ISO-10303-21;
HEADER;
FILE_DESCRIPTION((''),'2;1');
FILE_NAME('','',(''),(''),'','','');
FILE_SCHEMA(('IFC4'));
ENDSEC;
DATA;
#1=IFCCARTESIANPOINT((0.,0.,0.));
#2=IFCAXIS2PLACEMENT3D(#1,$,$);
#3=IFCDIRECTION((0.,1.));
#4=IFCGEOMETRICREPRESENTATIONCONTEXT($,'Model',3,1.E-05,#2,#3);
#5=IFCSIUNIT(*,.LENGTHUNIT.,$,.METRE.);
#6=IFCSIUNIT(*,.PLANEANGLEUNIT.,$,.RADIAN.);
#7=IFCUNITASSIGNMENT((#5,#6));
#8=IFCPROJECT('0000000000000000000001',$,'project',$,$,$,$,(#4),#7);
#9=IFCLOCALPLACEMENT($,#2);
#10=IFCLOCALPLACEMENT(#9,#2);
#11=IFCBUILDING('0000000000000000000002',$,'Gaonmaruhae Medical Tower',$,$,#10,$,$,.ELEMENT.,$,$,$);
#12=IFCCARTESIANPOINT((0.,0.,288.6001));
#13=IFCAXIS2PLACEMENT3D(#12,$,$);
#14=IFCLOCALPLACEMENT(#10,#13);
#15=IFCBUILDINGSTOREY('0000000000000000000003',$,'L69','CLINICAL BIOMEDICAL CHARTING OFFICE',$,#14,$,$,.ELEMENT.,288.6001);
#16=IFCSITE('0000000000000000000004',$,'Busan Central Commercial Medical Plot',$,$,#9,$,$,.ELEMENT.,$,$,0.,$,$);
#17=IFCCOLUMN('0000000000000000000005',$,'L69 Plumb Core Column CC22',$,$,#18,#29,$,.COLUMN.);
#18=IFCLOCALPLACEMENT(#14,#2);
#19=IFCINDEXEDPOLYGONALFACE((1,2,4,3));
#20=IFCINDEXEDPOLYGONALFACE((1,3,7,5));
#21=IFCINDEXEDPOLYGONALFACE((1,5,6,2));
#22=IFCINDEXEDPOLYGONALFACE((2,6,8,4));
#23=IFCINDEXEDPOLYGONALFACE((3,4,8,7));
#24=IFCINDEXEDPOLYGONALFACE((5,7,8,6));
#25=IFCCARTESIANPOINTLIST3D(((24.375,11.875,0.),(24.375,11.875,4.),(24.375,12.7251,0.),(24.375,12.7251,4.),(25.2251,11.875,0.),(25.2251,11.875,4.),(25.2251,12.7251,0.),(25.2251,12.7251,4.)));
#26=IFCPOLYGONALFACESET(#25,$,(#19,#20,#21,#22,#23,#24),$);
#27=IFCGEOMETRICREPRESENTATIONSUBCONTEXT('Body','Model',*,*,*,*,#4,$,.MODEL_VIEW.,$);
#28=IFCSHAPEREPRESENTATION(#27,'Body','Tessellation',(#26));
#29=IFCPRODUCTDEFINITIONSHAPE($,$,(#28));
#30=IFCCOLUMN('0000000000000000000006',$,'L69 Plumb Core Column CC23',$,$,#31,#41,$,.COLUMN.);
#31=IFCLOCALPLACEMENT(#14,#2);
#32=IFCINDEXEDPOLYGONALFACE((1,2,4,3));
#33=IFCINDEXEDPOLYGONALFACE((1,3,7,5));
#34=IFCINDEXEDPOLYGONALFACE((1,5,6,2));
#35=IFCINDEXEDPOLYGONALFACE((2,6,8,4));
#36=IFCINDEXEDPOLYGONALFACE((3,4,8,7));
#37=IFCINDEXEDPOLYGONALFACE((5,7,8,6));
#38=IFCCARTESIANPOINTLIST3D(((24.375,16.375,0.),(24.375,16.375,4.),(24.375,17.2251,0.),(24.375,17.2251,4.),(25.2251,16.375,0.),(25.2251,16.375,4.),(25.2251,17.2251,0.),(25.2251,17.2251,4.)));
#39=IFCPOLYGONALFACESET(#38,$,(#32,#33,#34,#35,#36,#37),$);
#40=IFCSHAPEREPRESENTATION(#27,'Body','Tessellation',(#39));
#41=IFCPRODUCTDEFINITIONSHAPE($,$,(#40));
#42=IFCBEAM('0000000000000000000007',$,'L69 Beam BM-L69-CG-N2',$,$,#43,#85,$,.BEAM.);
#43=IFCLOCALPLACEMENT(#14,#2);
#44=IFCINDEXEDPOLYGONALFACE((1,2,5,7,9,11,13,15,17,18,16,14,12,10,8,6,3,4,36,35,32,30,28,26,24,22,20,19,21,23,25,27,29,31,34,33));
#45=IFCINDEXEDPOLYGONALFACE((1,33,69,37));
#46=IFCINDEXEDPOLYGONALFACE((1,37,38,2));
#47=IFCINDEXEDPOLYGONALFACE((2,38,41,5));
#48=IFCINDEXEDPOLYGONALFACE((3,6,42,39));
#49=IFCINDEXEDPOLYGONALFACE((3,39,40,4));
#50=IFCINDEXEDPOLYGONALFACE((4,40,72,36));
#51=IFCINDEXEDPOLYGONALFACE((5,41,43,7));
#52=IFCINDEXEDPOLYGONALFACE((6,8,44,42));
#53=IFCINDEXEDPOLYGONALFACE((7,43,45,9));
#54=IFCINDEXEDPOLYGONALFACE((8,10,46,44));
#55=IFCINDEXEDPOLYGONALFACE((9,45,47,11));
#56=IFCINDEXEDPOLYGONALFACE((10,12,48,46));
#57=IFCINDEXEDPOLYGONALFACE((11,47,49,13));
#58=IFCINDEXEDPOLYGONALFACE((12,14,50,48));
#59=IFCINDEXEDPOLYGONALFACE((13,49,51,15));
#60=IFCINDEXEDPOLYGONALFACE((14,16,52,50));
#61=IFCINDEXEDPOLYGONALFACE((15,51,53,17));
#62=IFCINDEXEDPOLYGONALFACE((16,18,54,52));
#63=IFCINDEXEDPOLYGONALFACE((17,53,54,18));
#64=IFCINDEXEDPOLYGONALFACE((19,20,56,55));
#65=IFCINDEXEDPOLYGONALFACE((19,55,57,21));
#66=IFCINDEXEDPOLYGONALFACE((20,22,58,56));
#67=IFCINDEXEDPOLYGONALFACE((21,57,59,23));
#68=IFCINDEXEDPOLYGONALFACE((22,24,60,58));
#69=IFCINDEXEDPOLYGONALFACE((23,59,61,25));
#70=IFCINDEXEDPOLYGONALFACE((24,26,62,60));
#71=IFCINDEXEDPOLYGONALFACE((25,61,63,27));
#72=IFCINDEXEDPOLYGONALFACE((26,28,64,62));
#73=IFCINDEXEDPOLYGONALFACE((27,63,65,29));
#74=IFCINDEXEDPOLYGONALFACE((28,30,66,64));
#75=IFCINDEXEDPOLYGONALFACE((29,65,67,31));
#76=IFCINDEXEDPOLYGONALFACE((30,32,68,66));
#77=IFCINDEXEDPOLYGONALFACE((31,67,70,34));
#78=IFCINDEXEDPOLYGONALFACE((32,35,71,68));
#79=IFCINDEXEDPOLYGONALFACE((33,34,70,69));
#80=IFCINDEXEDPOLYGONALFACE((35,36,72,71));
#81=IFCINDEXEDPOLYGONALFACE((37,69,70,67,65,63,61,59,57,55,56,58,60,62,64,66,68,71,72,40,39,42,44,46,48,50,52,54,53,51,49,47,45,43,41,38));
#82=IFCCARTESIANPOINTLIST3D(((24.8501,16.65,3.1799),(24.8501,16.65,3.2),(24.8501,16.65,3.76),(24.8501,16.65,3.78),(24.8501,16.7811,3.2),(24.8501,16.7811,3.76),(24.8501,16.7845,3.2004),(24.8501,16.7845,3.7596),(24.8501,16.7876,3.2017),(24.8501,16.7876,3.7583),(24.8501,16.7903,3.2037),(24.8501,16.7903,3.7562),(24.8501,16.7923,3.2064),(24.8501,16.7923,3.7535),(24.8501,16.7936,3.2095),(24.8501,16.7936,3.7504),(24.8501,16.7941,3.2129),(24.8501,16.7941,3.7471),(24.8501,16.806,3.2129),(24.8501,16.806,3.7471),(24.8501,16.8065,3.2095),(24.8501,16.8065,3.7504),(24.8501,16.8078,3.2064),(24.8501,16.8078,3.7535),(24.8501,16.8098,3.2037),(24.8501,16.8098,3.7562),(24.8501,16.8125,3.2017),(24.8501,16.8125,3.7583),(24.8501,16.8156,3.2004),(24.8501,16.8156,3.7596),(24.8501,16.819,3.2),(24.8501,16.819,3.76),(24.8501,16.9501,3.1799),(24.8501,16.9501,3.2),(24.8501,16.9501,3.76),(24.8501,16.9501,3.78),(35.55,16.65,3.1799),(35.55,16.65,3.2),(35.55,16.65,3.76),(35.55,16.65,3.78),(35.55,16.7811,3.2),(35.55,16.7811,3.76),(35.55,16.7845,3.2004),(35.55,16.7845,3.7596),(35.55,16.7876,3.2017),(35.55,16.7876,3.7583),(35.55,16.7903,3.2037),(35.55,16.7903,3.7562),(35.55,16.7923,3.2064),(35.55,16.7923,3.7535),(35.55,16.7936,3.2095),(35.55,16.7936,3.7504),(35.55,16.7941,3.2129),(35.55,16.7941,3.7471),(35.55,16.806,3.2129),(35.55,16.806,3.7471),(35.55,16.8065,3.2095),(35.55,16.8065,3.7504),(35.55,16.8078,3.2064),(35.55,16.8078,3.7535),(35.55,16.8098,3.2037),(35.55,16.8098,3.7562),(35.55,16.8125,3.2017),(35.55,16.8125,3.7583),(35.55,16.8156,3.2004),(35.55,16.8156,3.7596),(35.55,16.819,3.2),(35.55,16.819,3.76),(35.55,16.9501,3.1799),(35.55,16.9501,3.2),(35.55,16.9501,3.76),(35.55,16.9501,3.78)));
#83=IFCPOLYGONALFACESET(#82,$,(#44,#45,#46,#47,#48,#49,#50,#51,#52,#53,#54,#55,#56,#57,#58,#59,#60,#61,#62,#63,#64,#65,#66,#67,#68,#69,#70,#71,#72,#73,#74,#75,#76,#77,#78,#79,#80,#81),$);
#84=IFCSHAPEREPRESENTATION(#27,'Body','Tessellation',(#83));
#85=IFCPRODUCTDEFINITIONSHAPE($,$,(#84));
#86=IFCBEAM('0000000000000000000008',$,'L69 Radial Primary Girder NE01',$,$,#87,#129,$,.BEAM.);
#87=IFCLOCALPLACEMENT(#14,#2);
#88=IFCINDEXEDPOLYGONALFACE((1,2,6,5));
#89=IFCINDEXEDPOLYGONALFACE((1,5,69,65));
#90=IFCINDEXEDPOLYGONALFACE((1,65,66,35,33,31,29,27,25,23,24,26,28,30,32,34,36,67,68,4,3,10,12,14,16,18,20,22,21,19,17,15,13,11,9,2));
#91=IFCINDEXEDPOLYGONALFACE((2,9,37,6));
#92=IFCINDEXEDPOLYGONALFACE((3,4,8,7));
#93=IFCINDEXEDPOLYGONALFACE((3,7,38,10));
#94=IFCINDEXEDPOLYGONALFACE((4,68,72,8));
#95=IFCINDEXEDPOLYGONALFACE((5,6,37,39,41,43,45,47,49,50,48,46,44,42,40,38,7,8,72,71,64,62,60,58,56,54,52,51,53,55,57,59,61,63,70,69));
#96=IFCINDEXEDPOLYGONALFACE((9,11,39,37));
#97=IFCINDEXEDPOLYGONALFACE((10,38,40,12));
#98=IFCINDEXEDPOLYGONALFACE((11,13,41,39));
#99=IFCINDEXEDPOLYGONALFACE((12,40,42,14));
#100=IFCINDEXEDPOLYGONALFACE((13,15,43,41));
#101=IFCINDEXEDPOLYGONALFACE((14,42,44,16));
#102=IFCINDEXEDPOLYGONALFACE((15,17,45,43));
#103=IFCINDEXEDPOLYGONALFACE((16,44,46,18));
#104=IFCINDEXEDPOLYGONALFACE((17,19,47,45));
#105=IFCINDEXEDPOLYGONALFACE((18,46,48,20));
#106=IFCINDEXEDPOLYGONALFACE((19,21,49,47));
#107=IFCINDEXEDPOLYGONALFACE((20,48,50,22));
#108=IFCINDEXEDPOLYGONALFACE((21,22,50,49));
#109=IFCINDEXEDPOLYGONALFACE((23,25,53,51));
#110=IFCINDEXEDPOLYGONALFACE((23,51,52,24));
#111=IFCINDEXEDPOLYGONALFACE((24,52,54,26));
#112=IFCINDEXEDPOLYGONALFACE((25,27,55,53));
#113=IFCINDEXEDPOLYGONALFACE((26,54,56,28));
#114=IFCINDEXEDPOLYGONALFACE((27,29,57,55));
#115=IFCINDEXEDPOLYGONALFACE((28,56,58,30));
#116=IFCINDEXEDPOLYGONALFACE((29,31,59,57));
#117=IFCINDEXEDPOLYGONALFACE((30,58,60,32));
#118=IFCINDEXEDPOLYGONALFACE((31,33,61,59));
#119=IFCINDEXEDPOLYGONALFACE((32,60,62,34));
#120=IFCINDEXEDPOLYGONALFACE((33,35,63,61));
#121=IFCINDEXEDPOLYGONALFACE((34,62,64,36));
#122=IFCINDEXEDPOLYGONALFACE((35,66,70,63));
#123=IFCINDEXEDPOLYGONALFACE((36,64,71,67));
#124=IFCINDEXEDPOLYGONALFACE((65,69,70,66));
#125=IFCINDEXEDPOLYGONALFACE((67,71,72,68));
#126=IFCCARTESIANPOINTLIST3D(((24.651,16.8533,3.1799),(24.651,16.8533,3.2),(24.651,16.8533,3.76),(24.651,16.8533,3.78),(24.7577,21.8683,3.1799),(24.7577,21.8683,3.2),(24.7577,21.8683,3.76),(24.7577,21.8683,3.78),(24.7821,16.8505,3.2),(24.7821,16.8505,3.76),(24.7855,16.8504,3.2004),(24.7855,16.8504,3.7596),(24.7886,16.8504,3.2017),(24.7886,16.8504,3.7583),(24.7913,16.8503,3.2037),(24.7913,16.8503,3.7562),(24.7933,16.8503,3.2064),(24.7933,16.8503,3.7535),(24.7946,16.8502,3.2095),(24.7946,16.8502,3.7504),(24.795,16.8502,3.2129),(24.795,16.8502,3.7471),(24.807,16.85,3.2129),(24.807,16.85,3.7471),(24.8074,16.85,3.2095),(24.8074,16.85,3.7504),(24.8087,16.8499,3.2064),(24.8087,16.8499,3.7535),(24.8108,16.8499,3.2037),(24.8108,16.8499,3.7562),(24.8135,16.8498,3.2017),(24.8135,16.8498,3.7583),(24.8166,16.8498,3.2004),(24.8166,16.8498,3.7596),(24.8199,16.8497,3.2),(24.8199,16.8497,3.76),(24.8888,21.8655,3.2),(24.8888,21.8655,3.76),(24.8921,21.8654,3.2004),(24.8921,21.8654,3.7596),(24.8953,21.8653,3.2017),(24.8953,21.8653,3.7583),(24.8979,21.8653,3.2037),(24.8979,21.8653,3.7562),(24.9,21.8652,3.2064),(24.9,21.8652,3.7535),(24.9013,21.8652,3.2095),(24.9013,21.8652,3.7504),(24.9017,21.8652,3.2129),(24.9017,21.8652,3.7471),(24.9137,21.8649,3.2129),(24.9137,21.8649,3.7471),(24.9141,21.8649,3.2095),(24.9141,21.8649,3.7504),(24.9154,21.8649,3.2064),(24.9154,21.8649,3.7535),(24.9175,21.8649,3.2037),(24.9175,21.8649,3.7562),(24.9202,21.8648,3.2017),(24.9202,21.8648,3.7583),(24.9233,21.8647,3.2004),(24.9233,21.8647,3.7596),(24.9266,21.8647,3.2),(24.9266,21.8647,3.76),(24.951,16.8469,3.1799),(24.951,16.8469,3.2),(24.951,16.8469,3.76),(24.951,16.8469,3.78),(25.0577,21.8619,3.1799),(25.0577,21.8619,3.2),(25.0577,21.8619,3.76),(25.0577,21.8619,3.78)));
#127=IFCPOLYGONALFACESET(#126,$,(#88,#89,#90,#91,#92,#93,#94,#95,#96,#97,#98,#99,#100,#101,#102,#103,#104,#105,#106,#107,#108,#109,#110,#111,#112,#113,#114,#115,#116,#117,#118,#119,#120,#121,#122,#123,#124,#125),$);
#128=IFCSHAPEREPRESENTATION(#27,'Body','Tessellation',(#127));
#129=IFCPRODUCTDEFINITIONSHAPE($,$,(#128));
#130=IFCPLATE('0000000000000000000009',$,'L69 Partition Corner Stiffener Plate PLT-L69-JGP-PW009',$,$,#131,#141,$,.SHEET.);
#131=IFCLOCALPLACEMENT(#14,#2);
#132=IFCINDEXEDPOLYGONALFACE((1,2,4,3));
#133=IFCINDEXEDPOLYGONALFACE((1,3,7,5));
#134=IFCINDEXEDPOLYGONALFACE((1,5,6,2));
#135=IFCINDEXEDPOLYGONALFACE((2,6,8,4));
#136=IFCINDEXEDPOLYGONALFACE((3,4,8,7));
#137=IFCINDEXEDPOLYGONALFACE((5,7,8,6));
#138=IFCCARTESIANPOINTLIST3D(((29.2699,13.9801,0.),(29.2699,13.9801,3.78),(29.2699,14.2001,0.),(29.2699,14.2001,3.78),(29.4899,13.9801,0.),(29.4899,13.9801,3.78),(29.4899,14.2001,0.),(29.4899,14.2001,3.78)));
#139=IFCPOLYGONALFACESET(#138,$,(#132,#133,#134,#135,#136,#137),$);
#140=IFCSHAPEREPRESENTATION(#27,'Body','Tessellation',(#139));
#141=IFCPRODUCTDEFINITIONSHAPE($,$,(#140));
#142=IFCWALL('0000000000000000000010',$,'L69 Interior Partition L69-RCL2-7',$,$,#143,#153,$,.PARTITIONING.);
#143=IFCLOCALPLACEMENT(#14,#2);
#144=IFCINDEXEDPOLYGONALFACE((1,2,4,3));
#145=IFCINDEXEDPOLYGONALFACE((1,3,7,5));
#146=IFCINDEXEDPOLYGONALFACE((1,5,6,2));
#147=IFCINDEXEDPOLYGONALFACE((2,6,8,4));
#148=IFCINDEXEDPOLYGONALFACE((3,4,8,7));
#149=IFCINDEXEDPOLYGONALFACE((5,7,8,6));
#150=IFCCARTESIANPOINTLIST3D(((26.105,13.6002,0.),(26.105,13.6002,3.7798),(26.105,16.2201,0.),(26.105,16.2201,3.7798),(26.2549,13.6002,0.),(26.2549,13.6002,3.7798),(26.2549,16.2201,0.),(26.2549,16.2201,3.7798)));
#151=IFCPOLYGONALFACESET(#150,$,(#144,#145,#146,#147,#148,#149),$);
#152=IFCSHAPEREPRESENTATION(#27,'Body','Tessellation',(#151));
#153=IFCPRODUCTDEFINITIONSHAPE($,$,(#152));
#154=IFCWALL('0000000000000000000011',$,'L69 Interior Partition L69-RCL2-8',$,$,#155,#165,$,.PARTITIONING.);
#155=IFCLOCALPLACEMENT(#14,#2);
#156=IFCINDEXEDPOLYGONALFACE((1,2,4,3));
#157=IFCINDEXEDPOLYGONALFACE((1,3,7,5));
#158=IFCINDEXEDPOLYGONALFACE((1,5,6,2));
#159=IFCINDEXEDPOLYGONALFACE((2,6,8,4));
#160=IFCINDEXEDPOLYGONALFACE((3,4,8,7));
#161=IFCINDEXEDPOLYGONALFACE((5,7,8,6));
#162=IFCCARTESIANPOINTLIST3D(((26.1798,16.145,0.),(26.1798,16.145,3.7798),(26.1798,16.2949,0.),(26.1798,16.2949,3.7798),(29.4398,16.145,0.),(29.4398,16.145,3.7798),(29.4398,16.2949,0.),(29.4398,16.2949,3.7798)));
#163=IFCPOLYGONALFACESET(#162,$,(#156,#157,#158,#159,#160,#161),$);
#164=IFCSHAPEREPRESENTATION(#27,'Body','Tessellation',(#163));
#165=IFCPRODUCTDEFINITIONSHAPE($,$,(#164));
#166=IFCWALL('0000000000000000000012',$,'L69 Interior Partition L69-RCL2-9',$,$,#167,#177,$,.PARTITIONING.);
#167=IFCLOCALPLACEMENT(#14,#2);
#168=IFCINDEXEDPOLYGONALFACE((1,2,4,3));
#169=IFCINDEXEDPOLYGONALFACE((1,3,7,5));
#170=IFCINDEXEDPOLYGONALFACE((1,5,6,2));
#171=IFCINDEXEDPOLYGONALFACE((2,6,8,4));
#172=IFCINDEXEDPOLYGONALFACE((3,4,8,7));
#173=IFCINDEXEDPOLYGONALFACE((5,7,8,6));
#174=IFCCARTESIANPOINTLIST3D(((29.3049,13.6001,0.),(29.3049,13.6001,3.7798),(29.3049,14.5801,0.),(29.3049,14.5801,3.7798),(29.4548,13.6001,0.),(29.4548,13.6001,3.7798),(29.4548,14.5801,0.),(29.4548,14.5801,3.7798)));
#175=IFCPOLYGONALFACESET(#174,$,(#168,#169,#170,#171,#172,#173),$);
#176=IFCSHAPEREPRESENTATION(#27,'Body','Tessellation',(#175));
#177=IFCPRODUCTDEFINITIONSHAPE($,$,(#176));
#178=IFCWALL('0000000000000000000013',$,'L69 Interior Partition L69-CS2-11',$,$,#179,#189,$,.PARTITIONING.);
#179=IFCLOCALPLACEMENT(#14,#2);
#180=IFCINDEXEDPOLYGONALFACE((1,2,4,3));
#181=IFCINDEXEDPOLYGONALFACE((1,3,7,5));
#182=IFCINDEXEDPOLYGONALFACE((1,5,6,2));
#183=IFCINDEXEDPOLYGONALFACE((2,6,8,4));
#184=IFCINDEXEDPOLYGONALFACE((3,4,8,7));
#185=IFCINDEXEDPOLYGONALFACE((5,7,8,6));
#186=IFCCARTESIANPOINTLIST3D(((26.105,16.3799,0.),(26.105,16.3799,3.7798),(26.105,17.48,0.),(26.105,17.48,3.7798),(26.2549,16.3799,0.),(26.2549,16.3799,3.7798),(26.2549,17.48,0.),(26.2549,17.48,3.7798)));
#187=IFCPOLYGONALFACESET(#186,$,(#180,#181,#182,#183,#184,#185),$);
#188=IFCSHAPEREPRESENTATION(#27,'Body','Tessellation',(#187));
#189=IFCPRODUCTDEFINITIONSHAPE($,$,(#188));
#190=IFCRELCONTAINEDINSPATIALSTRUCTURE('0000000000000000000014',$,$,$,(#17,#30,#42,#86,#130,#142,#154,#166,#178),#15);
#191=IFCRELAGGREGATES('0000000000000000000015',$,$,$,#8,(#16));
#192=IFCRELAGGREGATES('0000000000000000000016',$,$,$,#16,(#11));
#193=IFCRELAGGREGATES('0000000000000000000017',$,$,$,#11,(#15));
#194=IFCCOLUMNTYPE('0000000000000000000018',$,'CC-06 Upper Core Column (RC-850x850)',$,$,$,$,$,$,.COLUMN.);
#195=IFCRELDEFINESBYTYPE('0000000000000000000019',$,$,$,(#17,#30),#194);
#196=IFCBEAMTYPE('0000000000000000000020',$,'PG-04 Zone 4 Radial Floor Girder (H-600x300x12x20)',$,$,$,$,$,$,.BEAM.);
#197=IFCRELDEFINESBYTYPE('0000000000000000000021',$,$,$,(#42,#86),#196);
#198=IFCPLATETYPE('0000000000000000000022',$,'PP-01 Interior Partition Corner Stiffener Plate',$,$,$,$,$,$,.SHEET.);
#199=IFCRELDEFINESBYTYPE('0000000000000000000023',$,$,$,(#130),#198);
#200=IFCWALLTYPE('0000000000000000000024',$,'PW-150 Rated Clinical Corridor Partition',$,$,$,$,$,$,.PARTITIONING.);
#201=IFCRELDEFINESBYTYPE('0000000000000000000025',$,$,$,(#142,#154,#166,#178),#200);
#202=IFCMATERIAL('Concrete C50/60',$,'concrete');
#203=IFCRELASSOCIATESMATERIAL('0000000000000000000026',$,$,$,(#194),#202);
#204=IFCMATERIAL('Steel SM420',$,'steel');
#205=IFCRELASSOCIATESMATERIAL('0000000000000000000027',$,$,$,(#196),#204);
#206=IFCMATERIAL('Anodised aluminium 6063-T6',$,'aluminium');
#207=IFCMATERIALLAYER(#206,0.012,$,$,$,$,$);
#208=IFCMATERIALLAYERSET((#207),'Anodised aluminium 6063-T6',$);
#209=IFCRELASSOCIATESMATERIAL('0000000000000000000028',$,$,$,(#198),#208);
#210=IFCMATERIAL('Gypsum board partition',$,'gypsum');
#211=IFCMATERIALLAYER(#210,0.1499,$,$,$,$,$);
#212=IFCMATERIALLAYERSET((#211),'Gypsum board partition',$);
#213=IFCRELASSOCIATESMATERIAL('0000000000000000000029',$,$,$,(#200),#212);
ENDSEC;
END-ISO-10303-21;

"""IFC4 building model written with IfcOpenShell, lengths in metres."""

from ifc_helpers import new_model, si_unit, direction, frame, frame_2d, origin, origin_2d, place, context, subcontext, project, spatial, rectangle, i_section, extrude, material, layer, layer_set, material_profile, profile_set, type_object, element, save


model = new_model("IFC4")

# Units and contexts
model_context = context("Model", 3, precision=1e-05, world=origin(), true_north=direction((0.0, 1.0)))
body_context = subcontext(model_context, "Body", "Model", "MODEL_VIEW")
ifc_project = project(units=[si_unit("LENGTHUNIT", "METRE"), si_unit("PLANEANGLEUNIT", "RADIAN")], contexts=[model_context])

# Site, building, storey
site_placement = place(None, origin())
site = spatial("IfcSite", under=ifc_project, at=site_placement, Name="Busan Central Commercial Medical Plot", CompositionType="ELEMENT", RefElevation=0.0)
building_placement = place(site_placement, origin())
building = spatial("IfcBuilding", under=site, at=building_placement, Name="Gaonmaruhae Medical Tower", CompositionType="ELEMENT")
storey_placement = place(building_placement, frame((0.0, 0.0, 288.6001)))
storey = spatial("IfcBuildingStorey", under=building, at=storey_placement, Name="L69", Description="CLINICAL BIOMEDICAL CHARTING OFFICE", CompositionType="ELEMENT", Elevation=288.6001)

# Columns
ifc_material_1 = material(Name="Concrete C50/60", Category="concrete")
ifc_material_profile_1 = material_profile(ifc_material_1, rectangle(XDim=0.8501, YDim=0.8501, at=origin_2d()), Name="RC-850x850")
ifc_profile_set_1 = profile_set([ifc_material_profile_1], Name="Concrete C50/60")
column_type = type_object("IfcColumnType", Name="CC-06 Upper Core Column (RC-850x850)", PredefinedType="COLUMN", material=ifc_profile_set_1)
for number, where, z_axis, x_axis, name in (
    (1, (24.8, 12.3, 0.0), (0.0, 0.0, 1.0), (1.0, 0.0, 0.0), "L69 Plumb Core Column CC22"),
    (2, (24.8, 16.8, 0.0), (0.0, 0.0, 1.0), (1.0, 0.0, 0.0), "L69 Plumb Core Column CC23"),
):
    element("IfcColumn", number, at=place(storey_placement, frame(where, z_axis=z_axis, x_axis=x_axis)), inside=storey, type_object=column_type, Name=name, PredefinedType="COLUMN", context=body_context, shape_type="SweptSolid", body=[
        extrude(rectangle(XDim=0.8501, YDim=0.8501, at=origin_2d()), origin(), (0.0, 0.0, 1.0), 4.0),
    ])

# Beams
ifc_material_2 = material(Name="Steel SM420", Category="steel")
ifc_material_profile_2 = material_profile(ifc_material_2, i_section(OverallWidth=0.3, OverallDepth=0.6001, WebThickness=0.012, FlangeThickness=0.02, FilletRadius=0.0129, at=origin_2d()), Name="H-600x300x12x20")
ifc_profile_set_2 = profile_set([ifc_material_profile_2], Name="Steel SM420")
beam_type = type_object("IfcBeamType", Name="PG-04 Zone 4 Radial Floor Girder (H-600x300x12x20)", PredefinedType="BEAM", material=ifc_profile_set_2)
beam_1_placement = place(storey_placement, frame((24.8501, 16.8, 3.48), z_axis=(1.0, 0.0, 0.0), x_axis=(0.0, 1.0, 0.0)))
element("IfcBeam", 3, at=beam_1_placement, inside=storey, type_object=beam_type, Name="L69 Beam BM-L69-CG-N2", PredefinedType="BEAM", context=body_context, shape_type="SweptSolid", body=[
    extrude(i_section(OverallWidth=0.3, OverallDepth=0.6001, WebThickness=0.012, FlangeThickness=0.02, FilletRadius=0.0129, at=origin_2d()), origin(), (0.0, 0.0, 1.0), 10.7),
])
beam_2_placement = place(storey_placement, frame((24.801, 16.8501, 3.48), z_axis=(0.02127, 0.999774, 0.0), x_axis=(-0.999774, 0.02127, 0.0)))
element("IfcBeam", 4, at=beam_2_placement, inside=storey, type_object=beam_type, Name="L69 Radial Primary Girder NE01", PredefinedType="BEAM", context=body_context, shape_type="SweptSolid", body=[
    extrude(i_section(OverallWidth=0.3, OverallDepth=0.6001, WebThickness=0.012, FlangeThickness=0.02, FilletRadius=0.0129, at=origin_2d()), origin(), (0.0, 0.0, 1.0), 5.0161),
])

# Plate
ifc_material_3 = material(Name="Anodised aluminium 6063-T6", Category="aluminium")
ifc_layer_1 = layer(ifc_material_3, 0.012)
ifc_layer_set_1 = layer_set([ifc_layer_1], Name="Anodised aluminium 6063-T6")
plate_type = type_object("IfcPlateType", Name="PP-01 Interior Partition Corner Stiffener Plate", PredefinedType="SHEET", material=ifc_layer_set_1)
plate_placement = place(storey_placement, frame((29.3799, 14.0901, 0.0), z_axis=(0.0, 0.0, 1.0), x_axis=(0.0, -1.0, 0.0)))
element("IfcPlate", 5, at=plate_placement, inside=storey, type_object=plate_type, Name="L69 Partition Corner Stiffener Plate PLT-L69-JGP-PW009", PredefinedType="SHEET", context=body_context, shape_type="SweptSolid", body=[
    extrude(rectangle(XDim=0.22, YDim=0.22, at=origin_2d()), origin(), (0.0, 0.0, 1.0), 3.78),
])

# Walls
ifc_material_4 = material(Name="Gypsum board partition", Category="gypsum")
ifc_layer_2 = layer(ifc_material_4, 0.1499)
ifc_layer_set_2 = layer_set([ifc_layer_2], Name="Gypsum board partition")
wall_type_1 = type_object("IfcWallType", Name="PW-150 Rated Clinical Corridor Partition", PredefinedType="PARTITIONING", material=ifc_layer_set_2)
wall_1_placement = place(storey_placement, frame((26.1799, 13.6001, 0.0), z_axis=(0.0, 0.0, 1.0), x_axis=(0.0, 1.0, 0.0)))
element("IfcWall", 6, at=wall_1_placement, inside=storey, type_object=wall_type_1, Name="L69 Interior Partition L69-RCL2-7", PredefinedType="PARTITIONING", context=body_context, shape_type="SweptSolid", body=[
    extrude(rectangle(XDim=2.6199, YDim=0.1499, at=frame_2d((1.3101, 0.0))), origin(), (0.0, 0.0, 1.0), 3.7798),
])
wall_2_placement = place(storey_placement, frame((26.1799, 16.22, 0.0), z_axis=(0.0, 0.0, 1.0), x_axis=(1.0, 0.0, 0.0)))
element("IfcWall", 7, at=wall_2_placement, inside=storey, type_object=wall_type_1, Name="L69 Interior Partition L69-RCL2-8", PredefinedType="PARTITIONING", context=body_context, shape_type="SweptSolid", body=[
    extrude(rectangle(XDim=3.26, YDim=0.1499, at=frame_2d((1.6299, 0.0))), origin(), (0.0, 0.0, 1.0), 3.7798),
])
wall_3_placement = place(storey_placement, frame((29.3799, 14.5801, 0.0), z_axis=(0.0, 0.0, 1.0), x_axis=(0.0, -1.0, 0.0)))
element("IfcWall", 8, at=wall_3_placement, inside=storey, type_object=wall_type_1, Name="L69 Interior Partition L69-RCL2-9", PredefinedType="PARTITIONING", context=body_context, shape_type="SweptSolid", body=[
    extrude(rectangle(XDim=0.98, YDim=0.1499, at=frame_2d((0.49, 0.0))), origin(), (0.0, 0.0, 1.0), 3.7798),
])

# Wall
wall_4_placement = place(storey_placement, frame((26.1799, 16.3799, 0.0), z_axis=(0.0, 0.0, 1.0), x_axis=(0.0, 1.0, 0.0)))
element("IfcWall", 9, at=wall_4_placement, inside=storey, type_object=wall_type_1, Name="L69 Interior Partition L69-CS2-11", PredefinedType="PARTITIONING", context=body_context, shape_type="SweptSolid", body=[
    extrude(rectangle(XDim=1.1001, YDim=0.1499, at=frame_2d((0.55, 0.0))), origin(), (0.0, 0.0, 1.0), 3.7798),
])

save(model, "model.ifc")
